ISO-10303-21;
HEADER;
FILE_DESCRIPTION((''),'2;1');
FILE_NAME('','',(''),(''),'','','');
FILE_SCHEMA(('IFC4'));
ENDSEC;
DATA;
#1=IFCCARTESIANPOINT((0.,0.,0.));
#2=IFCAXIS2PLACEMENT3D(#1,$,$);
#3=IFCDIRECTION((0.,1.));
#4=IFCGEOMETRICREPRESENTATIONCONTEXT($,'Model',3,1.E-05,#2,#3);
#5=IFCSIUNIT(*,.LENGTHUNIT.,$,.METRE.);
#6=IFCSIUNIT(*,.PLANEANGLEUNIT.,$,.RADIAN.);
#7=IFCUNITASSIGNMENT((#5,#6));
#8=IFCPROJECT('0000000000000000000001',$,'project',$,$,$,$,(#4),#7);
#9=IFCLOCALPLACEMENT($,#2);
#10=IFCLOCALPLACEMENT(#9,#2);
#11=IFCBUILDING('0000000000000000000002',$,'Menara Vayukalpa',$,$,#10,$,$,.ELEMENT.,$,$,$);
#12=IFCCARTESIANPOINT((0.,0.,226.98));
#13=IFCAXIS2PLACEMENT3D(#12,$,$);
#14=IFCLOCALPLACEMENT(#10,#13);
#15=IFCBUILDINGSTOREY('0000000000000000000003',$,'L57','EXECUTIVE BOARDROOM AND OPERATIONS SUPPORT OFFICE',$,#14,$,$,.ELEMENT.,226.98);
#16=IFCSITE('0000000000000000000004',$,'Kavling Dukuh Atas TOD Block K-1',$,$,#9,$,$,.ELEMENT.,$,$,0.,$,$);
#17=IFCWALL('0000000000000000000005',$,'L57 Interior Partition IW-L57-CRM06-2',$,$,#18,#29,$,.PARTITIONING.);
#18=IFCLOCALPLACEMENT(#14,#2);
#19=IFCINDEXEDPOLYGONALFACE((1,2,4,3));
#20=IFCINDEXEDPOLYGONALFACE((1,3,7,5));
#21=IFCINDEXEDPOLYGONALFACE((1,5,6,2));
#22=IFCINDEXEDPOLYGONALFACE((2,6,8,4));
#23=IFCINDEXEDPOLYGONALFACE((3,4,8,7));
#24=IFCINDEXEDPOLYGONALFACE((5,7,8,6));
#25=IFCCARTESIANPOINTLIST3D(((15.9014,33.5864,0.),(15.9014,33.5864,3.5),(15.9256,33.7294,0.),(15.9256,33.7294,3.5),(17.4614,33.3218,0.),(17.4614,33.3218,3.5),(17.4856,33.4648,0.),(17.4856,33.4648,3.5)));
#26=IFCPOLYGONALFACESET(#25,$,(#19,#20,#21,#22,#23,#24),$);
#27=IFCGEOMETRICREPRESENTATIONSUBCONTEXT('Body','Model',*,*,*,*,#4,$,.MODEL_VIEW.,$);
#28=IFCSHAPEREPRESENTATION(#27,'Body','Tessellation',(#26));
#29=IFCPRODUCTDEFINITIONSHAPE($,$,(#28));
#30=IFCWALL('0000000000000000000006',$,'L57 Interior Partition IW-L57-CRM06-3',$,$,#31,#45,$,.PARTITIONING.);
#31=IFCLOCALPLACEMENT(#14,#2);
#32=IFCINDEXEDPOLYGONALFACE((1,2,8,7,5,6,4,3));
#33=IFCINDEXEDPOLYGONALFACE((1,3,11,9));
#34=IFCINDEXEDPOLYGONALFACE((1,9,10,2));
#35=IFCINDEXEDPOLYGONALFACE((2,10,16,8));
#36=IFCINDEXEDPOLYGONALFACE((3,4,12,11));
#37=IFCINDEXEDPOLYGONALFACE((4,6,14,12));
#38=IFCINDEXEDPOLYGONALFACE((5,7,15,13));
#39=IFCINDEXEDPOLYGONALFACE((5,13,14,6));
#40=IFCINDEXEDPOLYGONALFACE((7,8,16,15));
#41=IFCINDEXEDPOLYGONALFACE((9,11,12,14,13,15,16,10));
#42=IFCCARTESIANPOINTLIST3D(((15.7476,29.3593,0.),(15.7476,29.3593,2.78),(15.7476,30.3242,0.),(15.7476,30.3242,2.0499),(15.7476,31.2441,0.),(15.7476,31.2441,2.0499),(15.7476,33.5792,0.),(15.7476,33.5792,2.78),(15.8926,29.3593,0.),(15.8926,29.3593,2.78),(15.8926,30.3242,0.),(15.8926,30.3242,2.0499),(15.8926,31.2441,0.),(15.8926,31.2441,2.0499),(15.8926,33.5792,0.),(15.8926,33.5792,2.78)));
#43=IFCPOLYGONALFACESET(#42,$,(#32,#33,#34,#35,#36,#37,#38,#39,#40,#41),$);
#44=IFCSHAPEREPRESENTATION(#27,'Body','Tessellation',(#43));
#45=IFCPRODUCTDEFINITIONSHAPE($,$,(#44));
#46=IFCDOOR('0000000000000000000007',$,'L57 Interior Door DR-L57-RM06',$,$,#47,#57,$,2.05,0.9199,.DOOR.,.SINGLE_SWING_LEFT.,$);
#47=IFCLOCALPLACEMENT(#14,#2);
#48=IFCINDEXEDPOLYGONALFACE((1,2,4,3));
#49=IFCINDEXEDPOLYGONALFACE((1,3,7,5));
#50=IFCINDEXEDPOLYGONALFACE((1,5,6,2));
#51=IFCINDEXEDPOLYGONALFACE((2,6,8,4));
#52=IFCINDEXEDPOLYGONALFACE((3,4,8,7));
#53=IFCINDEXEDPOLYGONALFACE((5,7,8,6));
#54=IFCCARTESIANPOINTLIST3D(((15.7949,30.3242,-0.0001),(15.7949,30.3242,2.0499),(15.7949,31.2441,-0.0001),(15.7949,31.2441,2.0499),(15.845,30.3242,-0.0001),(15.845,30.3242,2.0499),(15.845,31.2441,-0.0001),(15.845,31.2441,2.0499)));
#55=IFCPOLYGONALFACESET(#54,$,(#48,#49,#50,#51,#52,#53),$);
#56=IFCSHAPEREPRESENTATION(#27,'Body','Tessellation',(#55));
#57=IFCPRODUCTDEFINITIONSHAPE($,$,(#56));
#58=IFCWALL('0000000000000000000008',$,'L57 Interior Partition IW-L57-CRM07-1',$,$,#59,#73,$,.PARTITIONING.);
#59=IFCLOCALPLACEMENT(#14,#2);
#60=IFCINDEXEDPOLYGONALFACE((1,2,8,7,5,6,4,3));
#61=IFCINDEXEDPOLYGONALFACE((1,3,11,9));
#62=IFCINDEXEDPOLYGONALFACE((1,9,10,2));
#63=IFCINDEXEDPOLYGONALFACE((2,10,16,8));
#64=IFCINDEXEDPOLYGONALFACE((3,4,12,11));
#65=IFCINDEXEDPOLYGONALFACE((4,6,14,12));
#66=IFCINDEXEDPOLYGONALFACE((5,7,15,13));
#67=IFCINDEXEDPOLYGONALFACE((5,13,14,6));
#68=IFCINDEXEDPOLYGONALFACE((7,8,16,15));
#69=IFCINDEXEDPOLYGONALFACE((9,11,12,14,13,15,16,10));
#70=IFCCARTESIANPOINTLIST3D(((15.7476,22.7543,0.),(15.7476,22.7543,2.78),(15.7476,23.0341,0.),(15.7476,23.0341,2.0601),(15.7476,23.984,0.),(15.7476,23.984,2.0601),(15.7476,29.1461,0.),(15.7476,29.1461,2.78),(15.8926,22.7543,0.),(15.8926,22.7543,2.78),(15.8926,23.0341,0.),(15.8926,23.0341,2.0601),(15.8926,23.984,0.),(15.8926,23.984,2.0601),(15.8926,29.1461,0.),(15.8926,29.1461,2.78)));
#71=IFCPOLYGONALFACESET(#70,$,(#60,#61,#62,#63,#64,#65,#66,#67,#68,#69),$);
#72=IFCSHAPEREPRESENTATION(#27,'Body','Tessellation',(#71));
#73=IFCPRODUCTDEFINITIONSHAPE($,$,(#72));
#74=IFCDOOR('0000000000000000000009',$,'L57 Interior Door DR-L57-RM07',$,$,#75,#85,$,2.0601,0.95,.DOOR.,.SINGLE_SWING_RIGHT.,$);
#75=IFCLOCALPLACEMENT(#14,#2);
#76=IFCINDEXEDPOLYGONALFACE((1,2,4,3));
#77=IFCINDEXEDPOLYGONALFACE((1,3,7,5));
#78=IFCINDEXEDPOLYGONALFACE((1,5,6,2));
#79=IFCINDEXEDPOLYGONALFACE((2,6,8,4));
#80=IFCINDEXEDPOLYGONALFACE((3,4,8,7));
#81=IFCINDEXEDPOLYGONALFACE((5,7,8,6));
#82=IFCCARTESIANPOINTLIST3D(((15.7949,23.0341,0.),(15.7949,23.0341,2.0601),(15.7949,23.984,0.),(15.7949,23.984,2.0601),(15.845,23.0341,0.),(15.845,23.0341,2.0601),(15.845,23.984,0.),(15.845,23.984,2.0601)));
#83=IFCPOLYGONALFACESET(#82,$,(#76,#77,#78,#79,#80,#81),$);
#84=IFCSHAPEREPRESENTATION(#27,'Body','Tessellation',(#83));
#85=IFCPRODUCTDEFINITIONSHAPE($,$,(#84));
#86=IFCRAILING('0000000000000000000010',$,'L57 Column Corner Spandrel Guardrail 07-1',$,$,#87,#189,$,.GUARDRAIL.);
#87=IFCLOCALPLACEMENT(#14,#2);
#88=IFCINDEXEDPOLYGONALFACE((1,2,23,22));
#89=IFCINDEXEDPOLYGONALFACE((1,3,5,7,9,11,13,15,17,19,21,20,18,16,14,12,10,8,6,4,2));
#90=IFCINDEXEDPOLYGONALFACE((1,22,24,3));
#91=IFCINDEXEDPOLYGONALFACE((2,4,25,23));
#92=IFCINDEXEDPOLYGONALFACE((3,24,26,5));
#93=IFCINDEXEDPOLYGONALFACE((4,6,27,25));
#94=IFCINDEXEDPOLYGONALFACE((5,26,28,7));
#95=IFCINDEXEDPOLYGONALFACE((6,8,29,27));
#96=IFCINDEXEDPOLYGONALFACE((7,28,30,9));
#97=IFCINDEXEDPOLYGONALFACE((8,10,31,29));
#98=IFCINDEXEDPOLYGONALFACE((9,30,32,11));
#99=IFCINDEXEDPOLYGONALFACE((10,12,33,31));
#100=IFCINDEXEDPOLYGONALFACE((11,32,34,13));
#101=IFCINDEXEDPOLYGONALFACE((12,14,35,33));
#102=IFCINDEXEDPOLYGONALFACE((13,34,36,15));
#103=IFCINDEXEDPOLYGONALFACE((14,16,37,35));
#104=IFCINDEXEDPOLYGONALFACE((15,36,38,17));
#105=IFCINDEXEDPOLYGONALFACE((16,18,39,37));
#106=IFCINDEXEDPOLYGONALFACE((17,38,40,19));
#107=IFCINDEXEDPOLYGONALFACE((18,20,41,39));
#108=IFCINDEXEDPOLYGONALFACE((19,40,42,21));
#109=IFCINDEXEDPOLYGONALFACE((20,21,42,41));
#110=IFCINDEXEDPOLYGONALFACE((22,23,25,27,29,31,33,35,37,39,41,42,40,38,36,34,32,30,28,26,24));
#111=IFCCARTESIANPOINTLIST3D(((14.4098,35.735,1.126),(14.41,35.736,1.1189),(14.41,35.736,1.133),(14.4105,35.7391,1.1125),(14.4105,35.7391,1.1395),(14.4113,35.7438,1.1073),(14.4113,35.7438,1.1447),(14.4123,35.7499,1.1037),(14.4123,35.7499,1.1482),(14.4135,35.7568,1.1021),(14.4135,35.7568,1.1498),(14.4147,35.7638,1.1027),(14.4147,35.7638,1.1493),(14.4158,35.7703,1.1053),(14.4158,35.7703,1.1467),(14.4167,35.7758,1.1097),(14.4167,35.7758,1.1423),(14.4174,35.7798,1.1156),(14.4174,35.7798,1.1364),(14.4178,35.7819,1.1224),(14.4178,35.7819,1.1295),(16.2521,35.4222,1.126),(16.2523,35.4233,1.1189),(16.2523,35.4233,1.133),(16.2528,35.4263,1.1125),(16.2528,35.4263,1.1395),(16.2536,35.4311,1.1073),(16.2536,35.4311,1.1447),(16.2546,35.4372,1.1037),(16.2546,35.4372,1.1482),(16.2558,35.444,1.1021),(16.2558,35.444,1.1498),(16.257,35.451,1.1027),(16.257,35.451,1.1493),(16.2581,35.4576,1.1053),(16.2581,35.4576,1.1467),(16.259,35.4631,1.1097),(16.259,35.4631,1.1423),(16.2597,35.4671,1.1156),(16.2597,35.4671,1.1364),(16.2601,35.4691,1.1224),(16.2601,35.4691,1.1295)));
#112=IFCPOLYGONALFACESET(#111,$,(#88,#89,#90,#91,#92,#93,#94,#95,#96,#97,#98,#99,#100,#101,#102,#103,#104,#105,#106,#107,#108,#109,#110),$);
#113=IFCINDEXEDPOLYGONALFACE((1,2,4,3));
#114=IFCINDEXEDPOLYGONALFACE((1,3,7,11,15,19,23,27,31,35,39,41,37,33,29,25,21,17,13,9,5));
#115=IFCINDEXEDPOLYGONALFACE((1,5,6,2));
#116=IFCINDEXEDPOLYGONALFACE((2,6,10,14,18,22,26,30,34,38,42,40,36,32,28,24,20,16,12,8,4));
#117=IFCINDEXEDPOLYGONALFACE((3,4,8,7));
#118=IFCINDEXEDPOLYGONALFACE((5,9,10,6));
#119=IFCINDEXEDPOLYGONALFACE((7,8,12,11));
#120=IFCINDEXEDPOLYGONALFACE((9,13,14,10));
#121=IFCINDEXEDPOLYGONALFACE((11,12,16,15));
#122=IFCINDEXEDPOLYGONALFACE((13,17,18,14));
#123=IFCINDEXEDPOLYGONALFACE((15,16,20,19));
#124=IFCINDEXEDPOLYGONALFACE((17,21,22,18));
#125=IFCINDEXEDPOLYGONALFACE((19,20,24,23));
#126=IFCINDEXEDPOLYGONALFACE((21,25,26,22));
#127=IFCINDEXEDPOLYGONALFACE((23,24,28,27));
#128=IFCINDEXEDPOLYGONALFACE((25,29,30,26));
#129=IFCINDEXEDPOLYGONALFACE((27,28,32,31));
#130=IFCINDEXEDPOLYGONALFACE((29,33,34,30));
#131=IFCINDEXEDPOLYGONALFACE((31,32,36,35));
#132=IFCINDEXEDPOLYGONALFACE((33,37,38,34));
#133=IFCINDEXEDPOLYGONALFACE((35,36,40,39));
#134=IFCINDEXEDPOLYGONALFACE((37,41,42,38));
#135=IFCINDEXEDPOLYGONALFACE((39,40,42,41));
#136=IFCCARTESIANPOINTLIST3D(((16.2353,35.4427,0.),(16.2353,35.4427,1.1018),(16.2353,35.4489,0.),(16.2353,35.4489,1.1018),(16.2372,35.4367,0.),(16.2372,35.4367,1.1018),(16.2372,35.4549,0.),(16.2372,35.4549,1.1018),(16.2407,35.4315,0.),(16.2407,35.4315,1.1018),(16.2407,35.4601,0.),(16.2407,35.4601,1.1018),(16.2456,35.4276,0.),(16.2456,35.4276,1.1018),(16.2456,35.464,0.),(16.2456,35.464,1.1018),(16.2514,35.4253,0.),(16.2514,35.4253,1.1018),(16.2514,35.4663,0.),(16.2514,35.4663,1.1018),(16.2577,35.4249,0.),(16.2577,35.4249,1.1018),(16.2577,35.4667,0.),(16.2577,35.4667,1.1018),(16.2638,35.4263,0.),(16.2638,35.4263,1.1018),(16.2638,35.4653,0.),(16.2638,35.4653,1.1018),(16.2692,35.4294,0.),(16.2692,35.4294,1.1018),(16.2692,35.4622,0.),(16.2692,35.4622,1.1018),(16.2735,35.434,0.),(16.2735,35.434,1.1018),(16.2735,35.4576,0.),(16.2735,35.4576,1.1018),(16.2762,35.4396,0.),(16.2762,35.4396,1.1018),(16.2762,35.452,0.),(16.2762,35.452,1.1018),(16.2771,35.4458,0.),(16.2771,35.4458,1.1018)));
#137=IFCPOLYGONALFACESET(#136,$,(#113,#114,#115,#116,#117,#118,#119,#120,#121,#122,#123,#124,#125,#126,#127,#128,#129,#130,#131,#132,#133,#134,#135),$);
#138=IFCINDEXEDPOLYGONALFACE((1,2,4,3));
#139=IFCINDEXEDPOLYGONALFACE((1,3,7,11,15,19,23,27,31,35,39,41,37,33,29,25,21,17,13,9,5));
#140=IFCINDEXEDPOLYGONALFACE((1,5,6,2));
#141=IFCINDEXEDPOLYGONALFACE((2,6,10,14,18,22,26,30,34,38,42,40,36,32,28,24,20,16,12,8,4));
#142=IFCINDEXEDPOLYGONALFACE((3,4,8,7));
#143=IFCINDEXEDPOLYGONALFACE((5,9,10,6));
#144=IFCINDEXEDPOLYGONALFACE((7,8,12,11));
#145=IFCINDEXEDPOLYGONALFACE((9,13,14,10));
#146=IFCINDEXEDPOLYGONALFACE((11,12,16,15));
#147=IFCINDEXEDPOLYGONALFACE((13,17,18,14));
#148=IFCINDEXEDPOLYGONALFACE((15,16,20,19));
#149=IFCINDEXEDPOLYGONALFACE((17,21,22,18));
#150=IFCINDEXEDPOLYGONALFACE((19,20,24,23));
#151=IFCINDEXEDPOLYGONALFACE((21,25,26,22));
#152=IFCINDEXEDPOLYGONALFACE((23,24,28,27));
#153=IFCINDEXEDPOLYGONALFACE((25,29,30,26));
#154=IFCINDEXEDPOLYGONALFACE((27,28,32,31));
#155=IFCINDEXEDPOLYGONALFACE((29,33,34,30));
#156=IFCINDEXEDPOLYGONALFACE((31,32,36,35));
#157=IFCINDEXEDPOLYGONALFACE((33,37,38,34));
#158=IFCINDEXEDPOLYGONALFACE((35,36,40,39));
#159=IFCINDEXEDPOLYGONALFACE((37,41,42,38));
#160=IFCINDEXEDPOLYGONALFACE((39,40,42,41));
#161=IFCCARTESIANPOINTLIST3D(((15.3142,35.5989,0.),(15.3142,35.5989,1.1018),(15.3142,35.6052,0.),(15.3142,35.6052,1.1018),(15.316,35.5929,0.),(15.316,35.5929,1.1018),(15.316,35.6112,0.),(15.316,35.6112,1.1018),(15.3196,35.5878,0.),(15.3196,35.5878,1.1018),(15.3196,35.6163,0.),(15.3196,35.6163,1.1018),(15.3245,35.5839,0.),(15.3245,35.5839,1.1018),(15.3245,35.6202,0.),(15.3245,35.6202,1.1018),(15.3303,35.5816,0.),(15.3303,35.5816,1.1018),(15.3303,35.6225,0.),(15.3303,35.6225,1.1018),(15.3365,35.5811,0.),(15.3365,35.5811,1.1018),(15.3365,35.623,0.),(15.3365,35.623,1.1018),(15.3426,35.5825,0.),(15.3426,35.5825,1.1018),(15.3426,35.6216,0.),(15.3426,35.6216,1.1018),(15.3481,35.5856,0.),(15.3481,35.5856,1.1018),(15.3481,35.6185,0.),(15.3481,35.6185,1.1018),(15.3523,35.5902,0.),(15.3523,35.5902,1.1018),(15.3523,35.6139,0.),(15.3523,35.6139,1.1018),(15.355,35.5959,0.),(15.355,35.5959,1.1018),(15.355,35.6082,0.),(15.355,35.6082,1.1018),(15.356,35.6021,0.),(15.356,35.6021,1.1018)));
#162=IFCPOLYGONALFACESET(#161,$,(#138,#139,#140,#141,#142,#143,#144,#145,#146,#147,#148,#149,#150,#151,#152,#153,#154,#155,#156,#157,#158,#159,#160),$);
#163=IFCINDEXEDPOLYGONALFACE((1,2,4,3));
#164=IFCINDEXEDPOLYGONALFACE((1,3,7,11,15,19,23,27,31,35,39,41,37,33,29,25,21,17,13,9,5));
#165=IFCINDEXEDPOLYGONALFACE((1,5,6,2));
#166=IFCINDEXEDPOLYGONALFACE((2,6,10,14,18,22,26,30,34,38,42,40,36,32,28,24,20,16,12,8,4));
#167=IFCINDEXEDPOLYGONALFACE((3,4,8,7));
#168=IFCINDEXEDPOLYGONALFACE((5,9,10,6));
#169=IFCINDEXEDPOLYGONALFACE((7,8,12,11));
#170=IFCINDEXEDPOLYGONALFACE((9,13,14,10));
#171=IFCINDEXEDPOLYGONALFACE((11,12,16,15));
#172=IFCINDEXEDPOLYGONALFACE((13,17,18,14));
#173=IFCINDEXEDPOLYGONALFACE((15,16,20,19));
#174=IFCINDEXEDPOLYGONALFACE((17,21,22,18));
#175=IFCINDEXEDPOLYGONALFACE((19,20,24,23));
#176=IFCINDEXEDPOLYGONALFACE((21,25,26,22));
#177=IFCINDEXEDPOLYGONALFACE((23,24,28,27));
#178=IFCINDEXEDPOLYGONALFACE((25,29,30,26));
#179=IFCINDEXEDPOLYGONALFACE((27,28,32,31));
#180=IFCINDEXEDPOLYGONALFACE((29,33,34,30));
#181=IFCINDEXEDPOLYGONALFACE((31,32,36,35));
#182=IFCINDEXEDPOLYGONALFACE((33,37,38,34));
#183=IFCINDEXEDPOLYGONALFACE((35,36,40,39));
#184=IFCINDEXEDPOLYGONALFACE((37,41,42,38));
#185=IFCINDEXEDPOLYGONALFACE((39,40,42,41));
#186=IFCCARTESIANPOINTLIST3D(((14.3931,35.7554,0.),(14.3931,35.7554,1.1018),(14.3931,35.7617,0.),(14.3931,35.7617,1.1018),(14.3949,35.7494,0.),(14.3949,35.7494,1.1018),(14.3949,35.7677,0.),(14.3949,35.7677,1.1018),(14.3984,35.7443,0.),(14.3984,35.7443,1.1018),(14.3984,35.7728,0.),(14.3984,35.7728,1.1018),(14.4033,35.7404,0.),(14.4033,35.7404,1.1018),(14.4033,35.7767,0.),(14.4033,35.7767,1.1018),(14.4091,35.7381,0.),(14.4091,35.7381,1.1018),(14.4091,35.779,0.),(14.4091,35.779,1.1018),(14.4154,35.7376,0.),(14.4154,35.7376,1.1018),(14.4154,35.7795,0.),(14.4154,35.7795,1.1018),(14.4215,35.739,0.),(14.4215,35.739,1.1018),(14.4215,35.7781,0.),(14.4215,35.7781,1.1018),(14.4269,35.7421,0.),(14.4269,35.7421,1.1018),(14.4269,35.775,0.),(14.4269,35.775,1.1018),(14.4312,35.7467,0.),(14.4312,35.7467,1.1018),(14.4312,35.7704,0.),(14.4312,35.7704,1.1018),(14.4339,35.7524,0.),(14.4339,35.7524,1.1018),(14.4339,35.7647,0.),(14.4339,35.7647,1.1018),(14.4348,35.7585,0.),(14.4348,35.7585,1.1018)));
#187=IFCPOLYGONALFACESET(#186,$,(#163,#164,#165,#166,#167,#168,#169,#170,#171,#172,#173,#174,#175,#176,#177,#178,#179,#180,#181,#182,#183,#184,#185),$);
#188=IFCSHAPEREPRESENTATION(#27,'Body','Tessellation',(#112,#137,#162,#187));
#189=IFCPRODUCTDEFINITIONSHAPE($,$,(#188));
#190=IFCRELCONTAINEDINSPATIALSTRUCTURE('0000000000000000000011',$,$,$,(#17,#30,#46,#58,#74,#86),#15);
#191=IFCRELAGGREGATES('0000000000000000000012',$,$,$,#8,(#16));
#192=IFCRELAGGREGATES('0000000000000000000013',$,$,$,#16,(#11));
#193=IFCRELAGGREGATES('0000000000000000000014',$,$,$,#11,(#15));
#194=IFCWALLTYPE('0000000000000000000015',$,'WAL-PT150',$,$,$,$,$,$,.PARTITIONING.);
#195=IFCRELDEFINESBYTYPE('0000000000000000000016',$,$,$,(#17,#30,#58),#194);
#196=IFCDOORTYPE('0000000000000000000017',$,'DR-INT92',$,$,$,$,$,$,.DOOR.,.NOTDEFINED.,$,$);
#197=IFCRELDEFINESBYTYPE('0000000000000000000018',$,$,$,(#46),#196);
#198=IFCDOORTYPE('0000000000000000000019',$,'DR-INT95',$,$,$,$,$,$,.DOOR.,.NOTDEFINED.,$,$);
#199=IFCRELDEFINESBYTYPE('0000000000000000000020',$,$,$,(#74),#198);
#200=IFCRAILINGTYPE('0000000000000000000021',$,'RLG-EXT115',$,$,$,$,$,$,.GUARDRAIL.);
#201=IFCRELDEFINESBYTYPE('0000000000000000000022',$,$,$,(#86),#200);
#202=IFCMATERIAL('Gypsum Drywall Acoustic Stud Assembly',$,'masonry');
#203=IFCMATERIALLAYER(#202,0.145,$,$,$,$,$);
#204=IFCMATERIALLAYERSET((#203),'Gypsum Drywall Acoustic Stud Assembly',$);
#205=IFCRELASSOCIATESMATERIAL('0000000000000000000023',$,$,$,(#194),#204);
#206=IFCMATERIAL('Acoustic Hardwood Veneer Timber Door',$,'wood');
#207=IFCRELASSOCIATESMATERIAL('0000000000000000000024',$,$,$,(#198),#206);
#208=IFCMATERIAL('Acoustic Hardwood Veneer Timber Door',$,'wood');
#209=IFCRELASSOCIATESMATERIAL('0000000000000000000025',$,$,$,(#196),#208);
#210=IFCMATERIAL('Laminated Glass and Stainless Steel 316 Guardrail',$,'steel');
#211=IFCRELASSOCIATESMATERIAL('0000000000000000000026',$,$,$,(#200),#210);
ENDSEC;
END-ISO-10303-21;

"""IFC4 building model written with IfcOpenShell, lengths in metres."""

from ifc_helpers import new_model, si_unit, direction, frame, frame_2d, origin, origin_2d, place, context, subcontext, project, spatial, rectangle, circle, extrude, material, layer, layer_set, type_object, element, fill, save


model = new_model("IFC4")

# Units and contexts
model_context = context("Model", 3, precision=1e-05, world=origin(), true_north=direction((0.0, 1.0)))
body_context = subcontext(model_context, "Body", "Model", "MODEL_VIEW")
ifc_project = project(units=[si_unit("LENGTHUNIT", "METRE"), si_unit("PLANEANGLEUNIT", "RADIAN")], contexts=[model_context])

# Site, building, storey
site_placement = place(None, origin())
site = spatial("IfcSite", under=ifc_project, at=site_placement, Name="Kavling Dukuh Atas TOD Block K-1", CompositionType="ELEMENT", RefElevation=0.0)
building_placement = place(site_placement, origin())
building = spatial("IfcBuilding", under=site, at=building_placement, Name="Menara Vayukalpa", CompositionType="ELEMENT")
storey_placement = place(building_placement, frame((0.0, 0.0, 226.98)))
storey = spatial("IfcBuildingStorey", under=building, at=storey_placement, Name="L57", Description="EXECUTIVE BOARDROOM AND OPERATIONS SUPPORT OFFICE", CompositionType="ELEMENT", Elevation=226.98)

# Shared definitions
ifc_material_1 = material(Name="Gypsum Drywall Acoustic Stud Assembly", Category="masonry")
ifc_layer_1 = layer(ifc_material_1, 0.145)
ifc_layer_set_1 = layer_set([ifc_layer_1], Name="Gypsum Drywall Acoustic Stud Assembly")
wall_type_1 = type_object("IfcWallType", Name="WAL-PT150", PredefinedType="PARTITIONING", material=ifc_layer_set_1)
ifc_material_2 = material(Name="Acoustic Hardwood Veneer Timber Door", Category="wood")
door_type_1 = type_object("IfcDoorType", Name="DR-INT95", OperationType="NOTDEFINED", PredefinedType="DOOR", material=ifc_material_2)

# Wall
wall_1_placement = place(storey_placement, frame((17.4734, 33.3933, 0.0), z_axis=(0.0, 0.0, 1.0), x_axis=(-0.985914, 0.167251, 0.0)))
element("IfcWall", 1, at=wall_1_placement, inside=storey, type_object=wall_type_1, Name="L57 Interior Partition IW-L57-CRM06-2", PredefinedType="PARTITIONING", context=body_context, shape_type="SweptSolid", body=[
    extrude(rectangle(XDim=1.5823, YDim=0.145, at=frame_2d((0.791, 0.0))), origin(), (0.0, 0.0, 1.0), 3.5),
])

# Walls, openings, doors
wall_2_placement = place(storey_placement, frame((15.8201, 33.5791, 0.0), z_axis=(0.0, 0.0, 1.0), x_axis=(0.0, -1.0, 0.0)))
wall_2 = element("IfcWall", 2, at=wall_2_placement, inside=storey, type_object=wall_type_1, Name="L57 Interior Partition IW-L57-CRM06-3", PredefinedType="PARTITIONING", context=body_context, shape_type="SweptSolid", body=[
    extrude(rectangle(XDim=4.22, YDim=0.145, at=frame_2d((2.1099, 0.0))), origin(), (0.0, 0.0, 1.0), 2.78),
])
opening_1_placement = place(wall_2_placement, frame((2.335, 0.0, 0.0)))
opening_1 = element("IfcOpeningElement", 3, at=opening_1_placement, cuts=wall_2, PredefinedType="OPENING", context=body_context, shape_type="SweptSolid", body=[
    extrude(rectangle(XDim=0.9199, YDim=2.05, at=frame_2d((0.46, 1.0249))), frame((0.0, 0.0825, 0.0), z_axis=(0.0, -1.0, 0.0), x_axis=(1.0, 0.0, 0.0)), (0.0, 0.0, 1.0), 0.165),
])
ifc_material_3 = material(Name="Acoustic Hardwood Veneer Timber Door", Category="wood")
door_type_2 = type_object("IfcDoorType", Name="DR-INT92", OperationType="NOTDEFINED", PredefinedType="DOOR", material=ifc_material_3)
door_1_placement = place(opening_1_placement, origin())
door_1 = element("IfcDoor", 4, at=door_1_placement, inside=storey, type_object=door_type_2, Name="L57 Interior Door DR-L57-RM06", OperationType="SINGLE_SWING_LEFT", OverallHeight=2.05, OverallWidth=0.9199, PredefinedType="DOOR", context=body_context, shape_type="SweptSolid", body=[
    extrude(rectangle(XDim=0.9199, YDim=2.05, at=frame_2d((0.46, 1.0249))), frame((0.0, 0.0249, 0.0), z_axis=(0.0, -1.0, 0.0), x_axis=(1.0, 0.0, 0.0)), (0.0, 0.0, 1.0), 0.05),
])
fill(opening_1, door_1)
wall_3_placement = place(storey_placement, frame((15.8201, 29.146, 0.0), z_axis=(0.0, 0.0, 1.0), x_axis=(0.0, -1.0, 0.0)))
wall_3 = element("IfcWall", 5, at=wall_3_placement, inside=storey, type_object=wall_type_1, Name="L57 Interior Partition IW-L57-CRM07-1", PredefinedType="PARTITIONING", context=body_context, shape_type="SweptSolid", body=[
    extrude(rectangle(XDim=6.3918, YDim=0.145, at=frame_2d((3.1958, 0.0))), origin(), (0.0, 0.0, 1.0), 2.78),
])
opening_2_placement = place(wall_3_placement, frame((5.1619, 0.0, 0.0)))
opening_2 = element("IfcOpeningElement", 6, at=opening_2_placement, cuts=wall_3, PredefinedType="OPENING", context=body_context, shape_type="SweptSolid", body=[
    extrude(rectangle(XDim=0.95, YDim=2.0601, at=frame_2d((0.4751, 1.03))), frame((0.0, 0.0825, 0.0), z_axis=(0.0, -1.0, 0.0), x_axis=(1.0, 0.0, 0.0)), (0.0, 0.0, 1.0), 0.165),
])
door_2_placement = place(opening_2_placement, origin())
door_2 = element("IfcDoor", 7, at=door_2_placement, inside=storey, type_object=door_type_1, Name="L57 Interior Door DR-L57-RM07", OperationType="SINGLE_SWING_RIGHT", OverallHeight=2.0601, OverallWidth=0.95, PredefinedType="DOOR", context=body_context, shape_type="SweptSolid", body=[
    extrude(rectangle(XDim=0.95, YDim=2.0601, at=frame_2d((0.4751, 1.03))), frame((0.0, 0.0249, 0.0), z_axis=(0.0, -1.0, 0.0), x_axis=(1.0, 0.0, 0.0)), (0.0, 0.0, 1.0), 0.05),
])
fill(opening_2, door_2)

# Railing
ifc_material_4 = material(Name="Laminated Glass and Stainless Steel 316 Guardrail", Category="steel")
railing_type = type_object("IfcRailingType", Name="RLG-EXT115", PredefinedType="GUARDRAIL", material=ifc_material_4)
railing_placement = place(storey_placement, frame((16.2561, 35.4458, 0.0)))
element("IfcRailing", 8, at=railing_placement, inside=storey, type_object=railing_type, Name="L57 Column Corner Spandrel Guardrail 07-1", PredefinedType="GUARDRAIL", context=body_context, shape_type="SweptSolid", body=[
    extrude(circle(Radius=0.0239, at=origin_2d()), frame((0.0, 0.0, 1.126), z_axis=(-0.985895, 0.167364, 0.0), x_axis=(-0.167364, -0.985895, 0.0)), (0.0, 0.0, 1.0), 1.8687),
    extrude(circle(Radius=0.021, at=origin_2d()), origin(), (0.0, 0.0, 1.0), 1.1018),
    extrude(circle(Radius=0.021, at=origin_2d()), frame((-0.9211, 0.1562, 0.0)), (0.0, 0.0, 1.0), 1.1018),
    extrude(circle(Radius=0.021, at=origin_2d()), frame((-1.8423, 0.3127, 0.0)), (0.0, 0.0, 1.0), 1.1018),
])

save(model, "model.ifc")
